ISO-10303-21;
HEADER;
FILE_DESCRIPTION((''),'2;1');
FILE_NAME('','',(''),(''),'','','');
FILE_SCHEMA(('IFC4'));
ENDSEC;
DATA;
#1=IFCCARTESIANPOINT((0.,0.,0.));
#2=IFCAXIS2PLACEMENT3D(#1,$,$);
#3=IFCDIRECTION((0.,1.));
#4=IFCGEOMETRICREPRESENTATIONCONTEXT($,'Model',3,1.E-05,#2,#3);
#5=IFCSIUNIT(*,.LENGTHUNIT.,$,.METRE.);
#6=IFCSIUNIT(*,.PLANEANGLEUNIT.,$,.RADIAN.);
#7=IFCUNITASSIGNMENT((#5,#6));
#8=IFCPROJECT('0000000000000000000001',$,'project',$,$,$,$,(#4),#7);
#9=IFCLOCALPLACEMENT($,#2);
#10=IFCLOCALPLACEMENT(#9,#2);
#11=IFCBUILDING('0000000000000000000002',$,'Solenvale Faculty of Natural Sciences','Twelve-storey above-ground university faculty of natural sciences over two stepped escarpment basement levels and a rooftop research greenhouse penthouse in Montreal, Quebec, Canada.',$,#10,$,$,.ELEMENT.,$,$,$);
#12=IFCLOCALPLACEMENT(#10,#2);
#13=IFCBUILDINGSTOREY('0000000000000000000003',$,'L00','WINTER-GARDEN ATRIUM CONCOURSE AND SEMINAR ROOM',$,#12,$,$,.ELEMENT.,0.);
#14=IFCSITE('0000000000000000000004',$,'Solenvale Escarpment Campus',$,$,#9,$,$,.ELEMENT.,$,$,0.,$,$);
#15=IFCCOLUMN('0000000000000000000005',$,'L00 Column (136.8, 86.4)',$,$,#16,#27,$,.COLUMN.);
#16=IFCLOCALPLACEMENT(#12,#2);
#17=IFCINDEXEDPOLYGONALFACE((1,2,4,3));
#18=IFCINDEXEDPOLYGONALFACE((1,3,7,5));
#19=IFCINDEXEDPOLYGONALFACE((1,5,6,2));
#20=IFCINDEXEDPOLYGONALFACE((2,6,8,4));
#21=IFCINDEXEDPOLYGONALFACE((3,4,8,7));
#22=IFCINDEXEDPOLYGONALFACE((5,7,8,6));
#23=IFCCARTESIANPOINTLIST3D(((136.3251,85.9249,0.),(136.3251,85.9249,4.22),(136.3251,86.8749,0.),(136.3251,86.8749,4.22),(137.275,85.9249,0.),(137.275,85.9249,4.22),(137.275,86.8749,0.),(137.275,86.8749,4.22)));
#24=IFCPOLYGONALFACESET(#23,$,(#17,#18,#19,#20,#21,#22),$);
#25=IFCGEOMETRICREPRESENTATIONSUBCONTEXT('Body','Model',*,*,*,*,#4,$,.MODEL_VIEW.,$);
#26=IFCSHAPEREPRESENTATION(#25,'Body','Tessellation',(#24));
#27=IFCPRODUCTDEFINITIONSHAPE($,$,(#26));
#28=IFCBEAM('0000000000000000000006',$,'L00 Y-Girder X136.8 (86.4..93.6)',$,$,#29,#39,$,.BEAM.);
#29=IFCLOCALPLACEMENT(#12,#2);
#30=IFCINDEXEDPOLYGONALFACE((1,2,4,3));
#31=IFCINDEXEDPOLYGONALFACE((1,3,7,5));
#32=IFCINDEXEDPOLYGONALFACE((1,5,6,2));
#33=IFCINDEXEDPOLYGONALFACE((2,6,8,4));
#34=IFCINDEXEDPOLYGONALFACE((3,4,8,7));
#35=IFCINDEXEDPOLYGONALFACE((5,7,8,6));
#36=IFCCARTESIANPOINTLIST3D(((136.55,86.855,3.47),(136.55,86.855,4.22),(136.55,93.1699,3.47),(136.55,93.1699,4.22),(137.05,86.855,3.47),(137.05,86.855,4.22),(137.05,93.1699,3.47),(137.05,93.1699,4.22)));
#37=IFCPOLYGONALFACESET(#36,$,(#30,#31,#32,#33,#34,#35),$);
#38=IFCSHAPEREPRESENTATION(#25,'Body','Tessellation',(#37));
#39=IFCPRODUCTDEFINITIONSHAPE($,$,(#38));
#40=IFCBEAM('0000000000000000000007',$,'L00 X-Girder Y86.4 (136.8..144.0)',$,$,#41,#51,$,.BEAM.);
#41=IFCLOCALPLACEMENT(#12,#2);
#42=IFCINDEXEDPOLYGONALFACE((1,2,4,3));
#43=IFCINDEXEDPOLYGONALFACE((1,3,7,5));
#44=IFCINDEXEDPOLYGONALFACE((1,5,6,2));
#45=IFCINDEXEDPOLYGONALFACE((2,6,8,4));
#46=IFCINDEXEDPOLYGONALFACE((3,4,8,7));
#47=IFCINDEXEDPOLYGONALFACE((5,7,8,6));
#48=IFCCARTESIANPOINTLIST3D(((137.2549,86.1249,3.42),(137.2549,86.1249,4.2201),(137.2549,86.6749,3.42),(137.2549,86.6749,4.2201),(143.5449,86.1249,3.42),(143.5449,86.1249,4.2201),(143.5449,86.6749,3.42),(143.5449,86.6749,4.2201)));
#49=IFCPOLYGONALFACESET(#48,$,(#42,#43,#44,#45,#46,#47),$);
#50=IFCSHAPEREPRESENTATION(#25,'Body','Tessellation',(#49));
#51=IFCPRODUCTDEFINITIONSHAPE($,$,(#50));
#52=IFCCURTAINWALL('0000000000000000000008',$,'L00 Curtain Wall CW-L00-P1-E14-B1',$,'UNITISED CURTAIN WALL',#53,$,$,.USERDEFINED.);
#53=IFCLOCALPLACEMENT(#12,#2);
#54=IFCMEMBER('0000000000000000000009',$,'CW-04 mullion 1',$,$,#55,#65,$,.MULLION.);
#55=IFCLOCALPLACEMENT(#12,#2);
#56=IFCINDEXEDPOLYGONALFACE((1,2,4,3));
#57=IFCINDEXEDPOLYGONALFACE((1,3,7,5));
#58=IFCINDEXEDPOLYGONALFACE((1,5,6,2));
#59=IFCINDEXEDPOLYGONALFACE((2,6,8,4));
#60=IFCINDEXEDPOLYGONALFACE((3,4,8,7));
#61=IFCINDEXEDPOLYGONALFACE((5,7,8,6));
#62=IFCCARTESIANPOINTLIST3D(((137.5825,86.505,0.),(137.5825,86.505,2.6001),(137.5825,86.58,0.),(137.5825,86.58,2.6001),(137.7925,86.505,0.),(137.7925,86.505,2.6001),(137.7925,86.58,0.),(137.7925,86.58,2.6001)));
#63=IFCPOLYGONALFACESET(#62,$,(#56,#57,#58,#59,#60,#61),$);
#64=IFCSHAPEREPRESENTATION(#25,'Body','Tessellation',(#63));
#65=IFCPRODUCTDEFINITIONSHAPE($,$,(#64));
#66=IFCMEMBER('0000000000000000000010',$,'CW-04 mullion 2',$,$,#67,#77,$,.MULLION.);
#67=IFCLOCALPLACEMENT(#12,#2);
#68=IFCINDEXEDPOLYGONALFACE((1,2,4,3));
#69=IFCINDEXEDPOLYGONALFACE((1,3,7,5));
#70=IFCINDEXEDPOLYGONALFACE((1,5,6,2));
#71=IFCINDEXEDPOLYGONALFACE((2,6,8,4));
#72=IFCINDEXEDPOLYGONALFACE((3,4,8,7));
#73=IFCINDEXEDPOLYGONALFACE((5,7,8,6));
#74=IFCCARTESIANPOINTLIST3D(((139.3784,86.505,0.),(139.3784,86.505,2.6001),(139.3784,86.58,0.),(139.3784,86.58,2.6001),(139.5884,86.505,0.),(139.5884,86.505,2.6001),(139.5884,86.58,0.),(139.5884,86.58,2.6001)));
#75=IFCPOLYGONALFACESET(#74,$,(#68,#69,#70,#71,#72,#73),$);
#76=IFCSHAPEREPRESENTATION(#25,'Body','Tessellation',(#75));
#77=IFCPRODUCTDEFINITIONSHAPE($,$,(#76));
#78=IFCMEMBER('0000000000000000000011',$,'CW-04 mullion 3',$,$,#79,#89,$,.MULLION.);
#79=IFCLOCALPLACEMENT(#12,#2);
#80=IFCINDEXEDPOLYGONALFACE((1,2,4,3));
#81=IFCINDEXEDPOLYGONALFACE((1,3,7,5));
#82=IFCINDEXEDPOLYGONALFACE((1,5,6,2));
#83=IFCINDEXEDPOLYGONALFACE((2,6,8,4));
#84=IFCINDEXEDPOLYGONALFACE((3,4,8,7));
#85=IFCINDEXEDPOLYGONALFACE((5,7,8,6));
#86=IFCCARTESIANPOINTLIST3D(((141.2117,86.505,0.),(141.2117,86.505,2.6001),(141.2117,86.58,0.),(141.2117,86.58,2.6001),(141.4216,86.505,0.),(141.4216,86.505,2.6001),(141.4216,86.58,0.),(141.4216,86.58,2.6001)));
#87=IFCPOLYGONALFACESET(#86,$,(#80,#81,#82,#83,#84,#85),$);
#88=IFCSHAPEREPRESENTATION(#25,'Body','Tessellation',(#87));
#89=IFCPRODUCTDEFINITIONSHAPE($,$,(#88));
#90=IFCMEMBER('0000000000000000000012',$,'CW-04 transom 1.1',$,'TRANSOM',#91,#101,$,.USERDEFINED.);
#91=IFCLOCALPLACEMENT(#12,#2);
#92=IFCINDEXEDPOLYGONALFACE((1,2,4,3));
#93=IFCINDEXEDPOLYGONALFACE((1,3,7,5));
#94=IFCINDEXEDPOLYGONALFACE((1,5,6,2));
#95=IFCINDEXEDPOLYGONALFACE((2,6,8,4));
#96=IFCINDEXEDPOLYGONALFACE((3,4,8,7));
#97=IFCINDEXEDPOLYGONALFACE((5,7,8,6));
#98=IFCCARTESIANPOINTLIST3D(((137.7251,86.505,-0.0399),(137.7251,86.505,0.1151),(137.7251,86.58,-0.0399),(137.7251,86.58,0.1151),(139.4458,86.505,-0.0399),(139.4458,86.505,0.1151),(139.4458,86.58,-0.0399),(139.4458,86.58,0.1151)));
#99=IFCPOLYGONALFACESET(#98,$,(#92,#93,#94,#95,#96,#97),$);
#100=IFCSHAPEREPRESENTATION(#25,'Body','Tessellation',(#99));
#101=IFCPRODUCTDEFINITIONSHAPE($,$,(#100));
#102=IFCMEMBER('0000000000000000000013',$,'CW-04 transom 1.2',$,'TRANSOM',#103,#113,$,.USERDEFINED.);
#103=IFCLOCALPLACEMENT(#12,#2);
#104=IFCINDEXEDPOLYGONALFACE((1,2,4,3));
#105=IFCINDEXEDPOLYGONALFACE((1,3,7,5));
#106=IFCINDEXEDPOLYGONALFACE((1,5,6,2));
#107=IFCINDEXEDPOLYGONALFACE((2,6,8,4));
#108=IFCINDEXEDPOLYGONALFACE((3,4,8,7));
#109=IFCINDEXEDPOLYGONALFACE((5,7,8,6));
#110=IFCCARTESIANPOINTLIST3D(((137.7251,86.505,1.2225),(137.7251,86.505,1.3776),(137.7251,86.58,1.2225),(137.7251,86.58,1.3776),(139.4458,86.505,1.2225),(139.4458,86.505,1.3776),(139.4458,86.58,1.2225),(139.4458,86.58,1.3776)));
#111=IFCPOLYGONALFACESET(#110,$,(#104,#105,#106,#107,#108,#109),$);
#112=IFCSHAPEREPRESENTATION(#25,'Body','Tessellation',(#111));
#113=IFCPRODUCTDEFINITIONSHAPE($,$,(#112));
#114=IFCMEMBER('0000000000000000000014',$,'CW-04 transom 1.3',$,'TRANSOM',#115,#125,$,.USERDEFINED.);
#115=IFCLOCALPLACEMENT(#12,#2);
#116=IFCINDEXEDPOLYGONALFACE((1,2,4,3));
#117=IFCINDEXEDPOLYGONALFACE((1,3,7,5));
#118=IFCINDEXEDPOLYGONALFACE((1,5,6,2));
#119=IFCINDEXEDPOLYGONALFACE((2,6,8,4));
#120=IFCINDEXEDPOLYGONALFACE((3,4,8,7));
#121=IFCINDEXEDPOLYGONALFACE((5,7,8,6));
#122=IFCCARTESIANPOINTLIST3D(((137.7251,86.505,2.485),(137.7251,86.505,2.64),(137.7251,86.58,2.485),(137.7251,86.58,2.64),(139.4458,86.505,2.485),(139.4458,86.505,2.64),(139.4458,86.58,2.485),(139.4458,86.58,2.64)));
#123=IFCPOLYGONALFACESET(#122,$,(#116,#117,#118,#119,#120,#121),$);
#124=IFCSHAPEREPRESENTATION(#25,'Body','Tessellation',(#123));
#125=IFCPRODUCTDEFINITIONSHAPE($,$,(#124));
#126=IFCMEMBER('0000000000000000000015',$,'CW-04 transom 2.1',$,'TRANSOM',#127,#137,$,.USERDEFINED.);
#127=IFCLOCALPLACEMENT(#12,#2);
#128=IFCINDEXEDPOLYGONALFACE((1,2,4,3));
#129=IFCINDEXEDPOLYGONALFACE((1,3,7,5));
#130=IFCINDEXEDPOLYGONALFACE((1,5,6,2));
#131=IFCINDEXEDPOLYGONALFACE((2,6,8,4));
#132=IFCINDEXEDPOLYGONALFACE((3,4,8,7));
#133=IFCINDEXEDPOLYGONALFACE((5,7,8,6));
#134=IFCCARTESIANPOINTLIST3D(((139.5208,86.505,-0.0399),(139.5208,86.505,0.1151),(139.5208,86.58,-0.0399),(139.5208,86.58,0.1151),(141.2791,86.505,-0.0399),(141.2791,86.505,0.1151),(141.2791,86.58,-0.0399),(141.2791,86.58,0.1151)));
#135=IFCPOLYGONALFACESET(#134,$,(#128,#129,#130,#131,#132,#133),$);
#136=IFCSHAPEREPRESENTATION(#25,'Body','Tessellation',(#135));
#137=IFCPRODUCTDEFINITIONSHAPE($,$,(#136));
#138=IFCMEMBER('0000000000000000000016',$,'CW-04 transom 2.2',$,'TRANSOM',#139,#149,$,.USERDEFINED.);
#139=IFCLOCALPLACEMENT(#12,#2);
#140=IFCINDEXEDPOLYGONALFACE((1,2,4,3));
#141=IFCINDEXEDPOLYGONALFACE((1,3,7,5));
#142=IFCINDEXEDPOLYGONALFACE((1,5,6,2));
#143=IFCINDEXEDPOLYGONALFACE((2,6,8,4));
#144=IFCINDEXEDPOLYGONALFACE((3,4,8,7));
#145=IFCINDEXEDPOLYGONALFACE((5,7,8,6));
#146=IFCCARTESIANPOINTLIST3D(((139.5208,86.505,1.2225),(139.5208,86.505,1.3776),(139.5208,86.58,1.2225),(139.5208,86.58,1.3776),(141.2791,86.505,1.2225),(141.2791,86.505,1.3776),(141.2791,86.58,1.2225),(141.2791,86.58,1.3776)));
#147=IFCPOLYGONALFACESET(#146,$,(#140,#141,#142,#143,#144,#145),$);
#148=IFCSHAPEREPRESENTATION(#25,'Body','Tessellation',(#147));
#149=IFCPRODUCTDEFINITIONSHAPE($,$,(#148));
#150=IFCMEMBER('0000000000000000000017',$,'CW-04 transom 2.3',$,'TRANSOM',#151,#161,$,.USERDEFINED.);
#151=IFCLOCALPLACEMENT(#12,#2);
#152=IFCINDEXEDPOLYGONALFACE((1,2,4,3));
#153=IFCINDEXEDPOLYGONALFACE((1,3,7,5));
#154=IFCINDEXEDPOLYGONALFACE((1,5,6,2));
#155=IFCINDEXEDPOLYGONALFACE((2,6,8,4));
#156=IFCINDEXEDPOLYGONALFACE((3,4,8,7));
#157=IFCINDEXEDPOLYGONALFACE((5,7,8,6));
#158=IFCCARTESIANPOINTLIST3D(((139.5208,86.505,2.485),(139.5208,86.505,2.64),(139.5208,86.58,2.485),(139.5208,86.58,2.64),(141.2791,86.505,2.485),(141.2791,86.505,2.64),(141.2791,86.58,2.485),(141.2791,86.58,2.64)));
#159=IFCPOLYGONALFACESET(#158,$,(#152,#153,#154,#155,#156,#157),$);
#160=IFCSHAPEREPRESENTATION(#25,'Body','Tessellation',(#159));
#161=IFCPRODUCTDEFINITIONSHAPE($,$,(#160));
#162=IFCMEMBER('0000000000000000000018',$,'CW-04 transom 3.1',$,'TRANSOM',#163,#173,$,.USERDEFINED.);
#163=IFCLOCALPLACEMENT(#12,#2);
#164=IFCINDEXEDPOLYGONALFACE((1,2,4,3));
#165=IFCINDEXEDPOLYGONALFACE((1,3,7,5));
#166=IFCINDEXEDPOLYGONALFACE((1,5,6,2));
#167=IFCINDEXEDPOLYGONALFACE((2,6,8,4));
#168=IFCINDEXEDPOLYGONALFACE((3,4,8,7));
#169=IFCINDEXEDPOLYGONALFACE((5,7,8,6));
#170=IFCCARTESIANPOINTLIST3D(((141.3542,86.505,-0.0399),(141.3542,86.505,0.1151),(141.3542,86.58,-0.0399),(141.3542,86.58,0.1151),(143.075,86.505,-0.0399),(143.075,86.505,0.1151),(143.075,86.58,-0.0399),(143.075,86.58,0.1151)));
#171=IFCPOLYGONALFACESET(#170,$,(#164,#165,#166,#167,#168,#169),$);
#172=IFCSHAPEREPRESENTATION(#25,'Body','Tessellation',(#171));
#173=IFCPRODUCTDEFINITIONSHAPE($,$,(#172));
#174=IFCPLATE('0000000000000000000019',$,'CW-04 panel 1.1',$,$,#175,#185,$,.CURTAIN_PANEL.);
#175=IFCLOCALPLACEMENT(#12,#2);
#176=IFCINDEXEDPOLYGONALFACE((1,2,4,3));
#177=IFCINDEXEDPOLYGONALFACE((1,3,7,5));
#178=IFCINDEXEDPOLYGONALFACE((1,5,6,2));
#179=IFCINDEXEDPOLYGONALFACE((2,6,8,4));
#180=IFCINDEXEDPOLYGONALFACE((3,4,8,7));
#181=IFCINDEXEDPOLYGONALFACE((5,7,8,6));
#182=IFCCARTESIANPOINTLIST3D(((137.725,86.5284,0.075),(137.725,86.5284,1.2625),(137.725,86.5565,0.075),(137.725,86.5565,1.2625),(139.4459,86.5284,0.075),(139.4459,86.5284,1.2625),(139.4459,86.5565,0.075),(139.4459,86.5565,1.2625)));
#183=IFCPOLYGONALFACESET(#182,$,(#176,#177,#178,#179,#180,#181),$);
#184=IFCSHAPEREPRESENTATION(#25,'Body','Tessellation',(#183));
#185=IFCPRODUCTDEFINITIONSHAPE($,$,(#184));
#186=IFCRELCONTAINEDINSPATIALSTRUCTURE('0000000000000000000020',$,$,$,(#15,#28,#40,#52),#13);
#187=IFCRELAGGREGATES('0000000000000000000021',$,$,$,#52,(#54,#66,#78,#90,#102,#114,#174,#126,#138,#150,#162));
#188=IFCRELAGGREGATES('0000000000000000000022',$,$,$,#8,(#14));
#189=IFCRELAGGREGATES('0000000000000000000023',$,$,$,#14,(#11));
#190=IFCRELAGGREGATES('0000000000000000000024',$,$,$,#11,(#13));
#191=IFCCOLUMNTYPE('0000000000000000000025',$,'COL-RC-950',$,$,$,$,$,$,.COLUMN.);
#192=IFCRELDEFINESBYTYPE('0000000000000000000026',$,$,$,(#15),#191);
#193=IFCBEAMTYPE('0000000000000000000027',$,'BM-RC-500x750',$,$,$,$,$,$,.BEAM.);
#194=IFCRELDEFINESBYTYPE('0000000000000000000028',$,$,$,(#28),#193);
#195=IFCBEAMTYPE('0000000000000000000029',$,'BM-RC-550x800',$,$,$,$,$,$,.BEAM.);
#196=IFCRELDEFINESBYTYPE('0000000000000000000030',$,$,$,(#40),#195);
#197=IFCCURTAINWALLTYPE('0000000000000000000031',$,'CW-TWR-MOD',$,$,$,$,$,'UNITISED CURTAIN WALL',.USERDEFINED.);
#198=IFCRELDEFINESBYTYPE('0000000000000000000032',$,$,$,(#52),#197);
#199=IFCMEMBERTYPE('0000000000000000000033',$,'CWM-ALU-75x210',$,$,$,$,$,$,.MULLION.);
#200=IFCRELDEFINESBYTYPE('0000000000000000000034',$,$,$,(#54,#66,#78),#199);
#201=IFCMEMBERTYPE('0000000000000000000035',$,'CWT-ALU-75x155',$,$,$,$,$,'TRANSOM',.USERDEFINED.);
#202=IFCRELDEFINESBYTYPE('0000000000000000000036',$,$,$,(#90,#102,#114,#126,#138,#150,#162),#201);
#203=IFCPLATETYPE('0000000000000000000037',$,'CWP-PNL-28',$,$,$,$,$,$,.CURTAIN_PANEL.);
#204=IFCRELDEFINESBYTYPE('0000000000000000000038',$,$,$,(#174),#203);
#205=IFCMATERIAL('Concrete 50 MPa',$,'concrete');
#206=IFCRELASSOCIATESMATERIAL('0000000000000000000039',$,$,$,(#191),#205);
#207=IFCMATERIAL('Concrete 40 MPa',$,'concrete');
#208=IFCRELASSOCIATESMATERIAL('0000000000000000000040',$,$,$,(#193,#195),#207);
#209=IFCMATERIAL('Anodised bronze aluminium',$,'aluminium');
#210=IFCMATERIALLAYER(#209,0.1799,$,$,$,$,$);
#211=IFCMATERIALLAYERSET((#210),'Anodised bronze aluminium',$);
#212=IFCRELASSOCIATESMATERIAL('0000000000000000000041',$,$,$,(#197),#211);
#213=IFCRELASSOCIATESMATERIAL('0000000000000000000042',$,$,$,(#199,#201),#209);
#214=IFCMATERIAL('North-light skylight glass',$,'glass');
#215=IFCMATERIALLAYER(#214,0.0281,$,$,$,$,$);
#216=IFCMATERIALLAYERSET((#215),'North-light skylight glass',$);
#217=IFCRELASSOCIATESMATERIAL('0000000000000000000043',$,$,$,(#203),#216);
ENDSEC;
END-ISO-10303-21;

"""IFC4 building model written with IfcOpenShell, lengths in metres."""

from ifc_helpers import new_model, si_unit, direction, frame, origin, origin_2d, place, context, subcontext, project, spatial, rectangle, extrude, material, layer, layer_set, material_profile, profile_set, type_object, element, aggregate, save


model = new_model("IFC4")

# Units and contexts
model_context = context("Model", 3, precision=1e-05, world=origin(), true_north=direction((0.0, 1.0)))
body_context = subcontext(model_context, "Body", "Model", "MODEL_VIEW")
ifc_project = project(units=[si_unit("LENGTHUNIT", "METRE"), si_unit("PLANEANGLEUNIT", "RADIAN")], contexts=[model_context])

# Site, building, storey
site_placement = place(None, origin())
site = spatial("IfcSite", under=ifc_project, at=site_placement, Name="Solenvale Escarpment Campus", CompositionType="ELEMENT", RefElevation=0.0)
building_placement = place(site_placement, origin())
building = spatial("IfcBuilding", under=site, at=building_placement, Name="Solenvale Faculty of Natural Sciences", Description="Twelve-storey above-ground university faculty of natural sciences over two stepped escarpment basement levels and a rooftop research greenhouse penthouse in Montreal, Quebec, Canada.", CompositionType="ELEMENT")
storey_placement = place(building_placement, origin())
storey = spatial("IfcBuildingStorey", under=building, at=storey_placement, Name="L00", Description="WINTER-GARDEN ATRIUM CONCOURSE AND SEMINAR ROOM", CompositionType="ELEMENT", Elevation=0.0)

# Column
ifc_material_1 = material(Name="Concrete 50 MPa", Category="concrete")
ifc_material_profile_1 = material_profile(ifc_material_1, rectangle(XDim=0.95, YDim=0.95, at=origin_2d()), Name="RC-COL-950x950")
ifc_profile_set_1 = profile_set([ifc_material_profile_1], Name="Concrete 50 MPa")
column_type = type_object("IfcColumnType", Name="COL-RC-950", PredefinedType="COLUMN", material=ifc_profile_set_1)
column_placement = place(storey_placement, frame((136.8, 86.3999, 0.0), z_axis=(0.0, 0.0, 1.0), x_axis=(1.0, 0.0, 0.0)))
element("IfcColumn", 1, at=column_placement, inside=storey, type_object=column_type, Name="L00 Column (136.8, 86.4)", PredefinedType="COLUMN", context=body_context, shape_type="SweptSolid", body=[
    extrude(rectangle(XDim=0.95, YDim=0.95, at=origin_2d()), origin(), (0.0, 0.0, 1.0), 4.22),
])

# Beams
ifc_material_2 = material(Name="Concrete 40 MPa", Category="concrete")
ifc_material_profile_2 = material_profile(ifc_material_2, rectangle(XDim=0.5, YDim=0.75, at=origin_2d()), Name="RC-BM-500x750")
ifc_profile_set_2 = profile_set([ifc_material_profile_2], Name="Concrete 40 MPa")
beam_type_1 = type_object("IfcBeamType", Name="BM-RC-500x750", PredefinedType="BEAM", material=ifc_profile_set_2)
beam_1_placement = place(storey_placement, frame((136.8, 86.855, 3.845), z_axis=(0.0, 1.0, 0.0), x_axis=(-1.0, 0.0, 0.0)))
element("IfcBeam", 2, at=beam_1_placement, inside=storey, type_object=beam_type_1, Name="L00 Y-Girder X136.8 (86.4..93.6)", PredefinedType="BEAM", context=body_context, shape_type="SweptSolid", body=[
    extrude(rectangle(XDim=0.5, YDim=0.75, at=origin_2d()), origin(), (0.0, 0.0, 1.0), 6.3149),
])
ifc_material_profile_3 = material_profile(ifc_material_2, rectangle(XDim=0.55, YDim=0.8, at=origin_2d()), Name="RC-BM-550x800")
ifc_profile_set_3 = profile_set([ifc_material_profile_3], Name="Concrete 40 MPa")
beam_type_2 = type_object("IfcBeamType", Name="BM-RC-550x800", PredefinedType="BEAM", material=ifc_profile_set_3)
beam_2_placement = place(storey_placement, frame((137.2549, 86.3999, 3.8201), z_axis=(1.0, 0.0, 0.0), x_axis=(0.0, 1.0, 0.0)))
element("IfcBeam", 3, at=beam_2_placement, inside=storey, type_object=beam_type_2, Name="L00 X-Girder Y86.4 (136.8..144.0)", PredefinedType="BEAM", context=body_context, shape_type="SweptSolid", body=[
    extrude(rectangle(XDim=0.55, YDim=0.8, at=origin_2d()), origin(), (0.0, 0.0, 1.0), 6.29),
])

# Curtain wall, members, plate
ifc_material_3 = material(Name="Anodised bronze aluminium", Category="aluminium")
ifc_layer_1 = layer(ifc_material_3, 0.1799)
ifc_layer_set_1 = layer_set([ifc_layer_1], Name="Anodised bronze aluminium")
curtain_wall_type = type_object("IfcCurtainWallType", Name="CW-TWR-MOD", ElementType="UNITISED CURTAIN WALL", PredefinedType="USERDEFINED", material=ifc_layer_set_1)
curtain_wall_placement = place(storey_placement, origin())
curtain_wall = element("IfcCurtainWall", 4, at=curtain_wall_placement, inside=storey, type_object=curtain_wall_type, Name="L00 Curtain Wall CW-L00-P1-E14-B1", ObjectType="UNITISED CURTAIN WALL", PredefinedType="USERDEFINED")
ifc_material_profile_4 = material_profile(ifc_material_3, rectangle(XDim=0.075, YDim=0.21, at=origin_2d()), Name="ALU-MUL-75x210")
ifc_profile_set_4 = profile_set([ifc_material_profile_4], Name="Anodised bronze aluminium")
member_type_1 = type_object("IfcMemberType", Name="CWM-ALU-75x210", PredefinedType="MULLION", material=ifc_profile_set_4)
member_1_placement = place(storey_placement, frame((137.6875, 86.5425, 0.0), z_axis=(0.0, 0.0, 1.0), x_axis=(0.0, 1.0, 0.0)))
member_1 = element("IfcMember", 5, at=member_1_placement, type_object=member_type_1, Name="CW-04 mullion 1", PredefinedType="MULLION", context=body_context, shape_type="SweptSolid", body=[
    extrude(rectangle(XDim=0.075, YDim=0.21, at=origin_2d()), origin(), (0.0, 0.0, 1.0), 2.6001),
])
member_2_placement = place(storey_placement, frame((139.4834, 86.5425, 0.0), z_axis=(0.0, 0.0, 1.0), x_axis=(0.0, 1.0, 0.0)))
member_2 = element("IfcMember", 6, at=member_2_placement, type_object=member_type_1, Name="CW-04 mullion 2", PredefinedType="MULLION", context=body_context, shape_type="SweptSolid", body=[
    extrude(rectangle(XDim=0.075, YDim=0.21, at=origin_2d()), origin(), (0.0, 0.0, 1.0), 2.6001),
])
member_3_placement = place(storey_placement, frame((141.3167, 86.5425, 0.0), z_axis=(0.0, 0.0, 1.0), x_axis=(0.0, 1.0, 0.0)))
member_3 = element("IfcMember", 7, at=member_3_placement, type_object=member_type_1, Name="CW-04 mullion 3", PredefinedType="MULLION", context=body_context, shape_type="SweptSolid", body=[
    extrude(rectangle(XDim=0.075, YDim=0.21, at=origin_2d()), origin(), (0.0, 0.0, 1.0), 2.6001),
])
ifc_material_profile_5 = material_profile(ifc_material_3, rectangle(XDim=0.075, YDim=0.155, at=origin_2d()), Name="ALU-TRN-75x155")
ifc_profile_set_5 = profile_set([ifc_material_profile_5], Name="Anodised bronze aluminium")
member_type_2 = type_object("IfcMemberType", Name="CWT-ALU-75x155", ElementType="TRANSOM", PredefinedType="USERDEFINED", material=ifc_profile_set_5)
member_4_placement = place(storey_placement, frame((137.7251, 86.5425, 0.0376), z_axis=(1.0, 0.0, 0.0), x_axis=(0.0, 1.0, 0.0)))
member_4 = element("IfcMember", 8, at=member_4_placement, type_object=member_type_2, Name="CW-04 transom 1.1", ObjectType="TRANSOM", PredefinedType="USERDEFINED", context=body_context, shape_type="SweptSolid", body=[
    extrude(rectangle(XDim=0.075, YDim=0.155, at=origin_2d()), origin(), (0.0, 0.0, 1.0), 1.7207),
])
member_5_placement = place(storey_placement, frame((137.7251, 86.5425, 1.3), z_axis=(1.0, 0.0, 0.0), x_axis=(0.0, 1.0, 0.0)))
member_5 = element("IfcMember", 9, at=member_5_placement, type_object=member_type_2, Name="CW-04 transom 1.2", ObjectType="TRANSOM", PredefinedType="USERDEFINED", context=body_context, shape_type="SweptSolid", body=[
    extrude(rectangle(XDim=0.075, YDim=0.155, at=origin_2d()), origin(), (0.0, 0.0, 1.0), 1.7207),
])
member_6_placement = place(storey_placement, frame((137.7251, 86.5425, 2.5625), z_axis=(1.0, 0.0, 0.0), x_axis=(0.0, 1.0, 0.0)))
member_6 = element("IfcMember", 10, at=member_6_placement, type_object=member_type_2, Name="CW-04 transom 1.3", ObjectType="TRANSOM", PredefinedType="USERDEFINED", context=body_context, shape_type="SweptSolid", body=[
    extrude(rectangle(XDim=0.075, YDim=0.155, at=origin_2d()), origin(), (0.0, 0.0, 1.0), 1.7207),
])
member_7_placement = place(storey_placement, frame((139.5208, 86.5425, 0.0376), z_axis=(1.0, 0.0, 0.0), x_axis=(0.0, 1.0, 0.0)))
member_7 = element("IfcMember", 11, at=member_7_placement, type_object=member_type_2, Name="CW-04 transom 2.1", ObjectType="TRANSOM", PredefinedType="USERDEFINED", context=body_context, shape_type="SweptSolid", body=[
    extrude(rectangle(XDim=0.075, YDim=0.155, at=origin_2d()), origin(), (0.0, 0.0, 1.0), 1.7583),
])
member_8_placement = place(storey_placement, frame((139.5208, 86.5425, 1.3), z_axis=(1.0, 0.0, 0.0), x_axis=(0.0, 1.0, 0.0)))
member_8 = element("IfcMember", 12, at=member_8_placement, type_object=member_type_2, Name="CW-04 transom 2.2", ObjectType="TRANSOM", PredefinedType="USERDEFINED", context=body_context, shape_type="SweptSolid", body=[
    extrude(rectangle(XDim=0.075, YDim=0.155, at=origin_2d()), origin(), (0.0, 0.0, 1.0), 1.7583),
])
member_9_placement = place(storey_placement, frame((139.5208, 86.5425, 2.5625), z_axis=(1.0, 0.0, 0.0), x_axis=(0.0, 1.0, 0.0)))
member_9 = element("IfcMember", 13, at=member_9_placement, type_object=member_type_2, Name="CW-04 transom 2.3", ObjectType="TRANSOM", PredefinedType="USERDEFINED", context=body_context, shape_type="SweptSolid", body=[
    extrude(rectangle(XDim=0.075, YDim=0.155, at=origin_2d()), origin(), (0.0, 0.0, 1.0), 1.7583),
])
member_10_placement = place(storey_placement, frame((141.3542, 86.5425, 0.0376), z_axis=(1.0, 0.0, 0.0), x_axis=(0.0, 1.0, 0.0)))
member_10 = element("IfcMember", 14, at=member_10_placement, type_object=member_type_2, Name="CW-04 transom 3.1", ObjectType="TRANSOM", PredefinedType="USERDEFINED", context=body_context, shape_type="SweptSolid", body=[
    extrude(rectangle(XDim=0.075, YDim=0.155, at=origin_2d()), origin(), (0.0, 0.0, 1.0), 1.7207),
])
ifc_material_4 = material(Name="North-light skylight glass", Category="glass")
ifc_layer_2 = layer(ifc_material_4, 0.0281)
ifc_layer_set_2 = layer_set([ifc_layer_2], Name="North-light skylight glass")
plate_type = type_object("IfcPlateType", Name="CWP-PNL-28", PredefinedType="CURTAIN_PANEL", material=ifc_layer_set_2)
plate_1_placement = place(storey_placement, frame((138.5854, 86.5425, 0.075), z_axis=(0.0, 0.0, 1.0), x_axis=(1.0, 0.0, 0.0)))
plate_1 = element("IfcPlate", 15, at=plate_1_placement, type_object=plate_type, Name="CW-04 panel 1.1", PredefinedType="CURTAIN_PANEL", context=body_context, shape_type="SweptSolid", body=[
    extrude(rectangle(XDim=1.7209, YDim=0.0281, at=origin_2d()), origin(), (0.0, 0.0, 1.0), 1.1875),
])
aggregate(curtain_wall, [member_1, member_2, member_3, member_4, member_5, member_6, plate_1, member_7, member_8, member_9, member_10])

save(model, "model.ifc")
